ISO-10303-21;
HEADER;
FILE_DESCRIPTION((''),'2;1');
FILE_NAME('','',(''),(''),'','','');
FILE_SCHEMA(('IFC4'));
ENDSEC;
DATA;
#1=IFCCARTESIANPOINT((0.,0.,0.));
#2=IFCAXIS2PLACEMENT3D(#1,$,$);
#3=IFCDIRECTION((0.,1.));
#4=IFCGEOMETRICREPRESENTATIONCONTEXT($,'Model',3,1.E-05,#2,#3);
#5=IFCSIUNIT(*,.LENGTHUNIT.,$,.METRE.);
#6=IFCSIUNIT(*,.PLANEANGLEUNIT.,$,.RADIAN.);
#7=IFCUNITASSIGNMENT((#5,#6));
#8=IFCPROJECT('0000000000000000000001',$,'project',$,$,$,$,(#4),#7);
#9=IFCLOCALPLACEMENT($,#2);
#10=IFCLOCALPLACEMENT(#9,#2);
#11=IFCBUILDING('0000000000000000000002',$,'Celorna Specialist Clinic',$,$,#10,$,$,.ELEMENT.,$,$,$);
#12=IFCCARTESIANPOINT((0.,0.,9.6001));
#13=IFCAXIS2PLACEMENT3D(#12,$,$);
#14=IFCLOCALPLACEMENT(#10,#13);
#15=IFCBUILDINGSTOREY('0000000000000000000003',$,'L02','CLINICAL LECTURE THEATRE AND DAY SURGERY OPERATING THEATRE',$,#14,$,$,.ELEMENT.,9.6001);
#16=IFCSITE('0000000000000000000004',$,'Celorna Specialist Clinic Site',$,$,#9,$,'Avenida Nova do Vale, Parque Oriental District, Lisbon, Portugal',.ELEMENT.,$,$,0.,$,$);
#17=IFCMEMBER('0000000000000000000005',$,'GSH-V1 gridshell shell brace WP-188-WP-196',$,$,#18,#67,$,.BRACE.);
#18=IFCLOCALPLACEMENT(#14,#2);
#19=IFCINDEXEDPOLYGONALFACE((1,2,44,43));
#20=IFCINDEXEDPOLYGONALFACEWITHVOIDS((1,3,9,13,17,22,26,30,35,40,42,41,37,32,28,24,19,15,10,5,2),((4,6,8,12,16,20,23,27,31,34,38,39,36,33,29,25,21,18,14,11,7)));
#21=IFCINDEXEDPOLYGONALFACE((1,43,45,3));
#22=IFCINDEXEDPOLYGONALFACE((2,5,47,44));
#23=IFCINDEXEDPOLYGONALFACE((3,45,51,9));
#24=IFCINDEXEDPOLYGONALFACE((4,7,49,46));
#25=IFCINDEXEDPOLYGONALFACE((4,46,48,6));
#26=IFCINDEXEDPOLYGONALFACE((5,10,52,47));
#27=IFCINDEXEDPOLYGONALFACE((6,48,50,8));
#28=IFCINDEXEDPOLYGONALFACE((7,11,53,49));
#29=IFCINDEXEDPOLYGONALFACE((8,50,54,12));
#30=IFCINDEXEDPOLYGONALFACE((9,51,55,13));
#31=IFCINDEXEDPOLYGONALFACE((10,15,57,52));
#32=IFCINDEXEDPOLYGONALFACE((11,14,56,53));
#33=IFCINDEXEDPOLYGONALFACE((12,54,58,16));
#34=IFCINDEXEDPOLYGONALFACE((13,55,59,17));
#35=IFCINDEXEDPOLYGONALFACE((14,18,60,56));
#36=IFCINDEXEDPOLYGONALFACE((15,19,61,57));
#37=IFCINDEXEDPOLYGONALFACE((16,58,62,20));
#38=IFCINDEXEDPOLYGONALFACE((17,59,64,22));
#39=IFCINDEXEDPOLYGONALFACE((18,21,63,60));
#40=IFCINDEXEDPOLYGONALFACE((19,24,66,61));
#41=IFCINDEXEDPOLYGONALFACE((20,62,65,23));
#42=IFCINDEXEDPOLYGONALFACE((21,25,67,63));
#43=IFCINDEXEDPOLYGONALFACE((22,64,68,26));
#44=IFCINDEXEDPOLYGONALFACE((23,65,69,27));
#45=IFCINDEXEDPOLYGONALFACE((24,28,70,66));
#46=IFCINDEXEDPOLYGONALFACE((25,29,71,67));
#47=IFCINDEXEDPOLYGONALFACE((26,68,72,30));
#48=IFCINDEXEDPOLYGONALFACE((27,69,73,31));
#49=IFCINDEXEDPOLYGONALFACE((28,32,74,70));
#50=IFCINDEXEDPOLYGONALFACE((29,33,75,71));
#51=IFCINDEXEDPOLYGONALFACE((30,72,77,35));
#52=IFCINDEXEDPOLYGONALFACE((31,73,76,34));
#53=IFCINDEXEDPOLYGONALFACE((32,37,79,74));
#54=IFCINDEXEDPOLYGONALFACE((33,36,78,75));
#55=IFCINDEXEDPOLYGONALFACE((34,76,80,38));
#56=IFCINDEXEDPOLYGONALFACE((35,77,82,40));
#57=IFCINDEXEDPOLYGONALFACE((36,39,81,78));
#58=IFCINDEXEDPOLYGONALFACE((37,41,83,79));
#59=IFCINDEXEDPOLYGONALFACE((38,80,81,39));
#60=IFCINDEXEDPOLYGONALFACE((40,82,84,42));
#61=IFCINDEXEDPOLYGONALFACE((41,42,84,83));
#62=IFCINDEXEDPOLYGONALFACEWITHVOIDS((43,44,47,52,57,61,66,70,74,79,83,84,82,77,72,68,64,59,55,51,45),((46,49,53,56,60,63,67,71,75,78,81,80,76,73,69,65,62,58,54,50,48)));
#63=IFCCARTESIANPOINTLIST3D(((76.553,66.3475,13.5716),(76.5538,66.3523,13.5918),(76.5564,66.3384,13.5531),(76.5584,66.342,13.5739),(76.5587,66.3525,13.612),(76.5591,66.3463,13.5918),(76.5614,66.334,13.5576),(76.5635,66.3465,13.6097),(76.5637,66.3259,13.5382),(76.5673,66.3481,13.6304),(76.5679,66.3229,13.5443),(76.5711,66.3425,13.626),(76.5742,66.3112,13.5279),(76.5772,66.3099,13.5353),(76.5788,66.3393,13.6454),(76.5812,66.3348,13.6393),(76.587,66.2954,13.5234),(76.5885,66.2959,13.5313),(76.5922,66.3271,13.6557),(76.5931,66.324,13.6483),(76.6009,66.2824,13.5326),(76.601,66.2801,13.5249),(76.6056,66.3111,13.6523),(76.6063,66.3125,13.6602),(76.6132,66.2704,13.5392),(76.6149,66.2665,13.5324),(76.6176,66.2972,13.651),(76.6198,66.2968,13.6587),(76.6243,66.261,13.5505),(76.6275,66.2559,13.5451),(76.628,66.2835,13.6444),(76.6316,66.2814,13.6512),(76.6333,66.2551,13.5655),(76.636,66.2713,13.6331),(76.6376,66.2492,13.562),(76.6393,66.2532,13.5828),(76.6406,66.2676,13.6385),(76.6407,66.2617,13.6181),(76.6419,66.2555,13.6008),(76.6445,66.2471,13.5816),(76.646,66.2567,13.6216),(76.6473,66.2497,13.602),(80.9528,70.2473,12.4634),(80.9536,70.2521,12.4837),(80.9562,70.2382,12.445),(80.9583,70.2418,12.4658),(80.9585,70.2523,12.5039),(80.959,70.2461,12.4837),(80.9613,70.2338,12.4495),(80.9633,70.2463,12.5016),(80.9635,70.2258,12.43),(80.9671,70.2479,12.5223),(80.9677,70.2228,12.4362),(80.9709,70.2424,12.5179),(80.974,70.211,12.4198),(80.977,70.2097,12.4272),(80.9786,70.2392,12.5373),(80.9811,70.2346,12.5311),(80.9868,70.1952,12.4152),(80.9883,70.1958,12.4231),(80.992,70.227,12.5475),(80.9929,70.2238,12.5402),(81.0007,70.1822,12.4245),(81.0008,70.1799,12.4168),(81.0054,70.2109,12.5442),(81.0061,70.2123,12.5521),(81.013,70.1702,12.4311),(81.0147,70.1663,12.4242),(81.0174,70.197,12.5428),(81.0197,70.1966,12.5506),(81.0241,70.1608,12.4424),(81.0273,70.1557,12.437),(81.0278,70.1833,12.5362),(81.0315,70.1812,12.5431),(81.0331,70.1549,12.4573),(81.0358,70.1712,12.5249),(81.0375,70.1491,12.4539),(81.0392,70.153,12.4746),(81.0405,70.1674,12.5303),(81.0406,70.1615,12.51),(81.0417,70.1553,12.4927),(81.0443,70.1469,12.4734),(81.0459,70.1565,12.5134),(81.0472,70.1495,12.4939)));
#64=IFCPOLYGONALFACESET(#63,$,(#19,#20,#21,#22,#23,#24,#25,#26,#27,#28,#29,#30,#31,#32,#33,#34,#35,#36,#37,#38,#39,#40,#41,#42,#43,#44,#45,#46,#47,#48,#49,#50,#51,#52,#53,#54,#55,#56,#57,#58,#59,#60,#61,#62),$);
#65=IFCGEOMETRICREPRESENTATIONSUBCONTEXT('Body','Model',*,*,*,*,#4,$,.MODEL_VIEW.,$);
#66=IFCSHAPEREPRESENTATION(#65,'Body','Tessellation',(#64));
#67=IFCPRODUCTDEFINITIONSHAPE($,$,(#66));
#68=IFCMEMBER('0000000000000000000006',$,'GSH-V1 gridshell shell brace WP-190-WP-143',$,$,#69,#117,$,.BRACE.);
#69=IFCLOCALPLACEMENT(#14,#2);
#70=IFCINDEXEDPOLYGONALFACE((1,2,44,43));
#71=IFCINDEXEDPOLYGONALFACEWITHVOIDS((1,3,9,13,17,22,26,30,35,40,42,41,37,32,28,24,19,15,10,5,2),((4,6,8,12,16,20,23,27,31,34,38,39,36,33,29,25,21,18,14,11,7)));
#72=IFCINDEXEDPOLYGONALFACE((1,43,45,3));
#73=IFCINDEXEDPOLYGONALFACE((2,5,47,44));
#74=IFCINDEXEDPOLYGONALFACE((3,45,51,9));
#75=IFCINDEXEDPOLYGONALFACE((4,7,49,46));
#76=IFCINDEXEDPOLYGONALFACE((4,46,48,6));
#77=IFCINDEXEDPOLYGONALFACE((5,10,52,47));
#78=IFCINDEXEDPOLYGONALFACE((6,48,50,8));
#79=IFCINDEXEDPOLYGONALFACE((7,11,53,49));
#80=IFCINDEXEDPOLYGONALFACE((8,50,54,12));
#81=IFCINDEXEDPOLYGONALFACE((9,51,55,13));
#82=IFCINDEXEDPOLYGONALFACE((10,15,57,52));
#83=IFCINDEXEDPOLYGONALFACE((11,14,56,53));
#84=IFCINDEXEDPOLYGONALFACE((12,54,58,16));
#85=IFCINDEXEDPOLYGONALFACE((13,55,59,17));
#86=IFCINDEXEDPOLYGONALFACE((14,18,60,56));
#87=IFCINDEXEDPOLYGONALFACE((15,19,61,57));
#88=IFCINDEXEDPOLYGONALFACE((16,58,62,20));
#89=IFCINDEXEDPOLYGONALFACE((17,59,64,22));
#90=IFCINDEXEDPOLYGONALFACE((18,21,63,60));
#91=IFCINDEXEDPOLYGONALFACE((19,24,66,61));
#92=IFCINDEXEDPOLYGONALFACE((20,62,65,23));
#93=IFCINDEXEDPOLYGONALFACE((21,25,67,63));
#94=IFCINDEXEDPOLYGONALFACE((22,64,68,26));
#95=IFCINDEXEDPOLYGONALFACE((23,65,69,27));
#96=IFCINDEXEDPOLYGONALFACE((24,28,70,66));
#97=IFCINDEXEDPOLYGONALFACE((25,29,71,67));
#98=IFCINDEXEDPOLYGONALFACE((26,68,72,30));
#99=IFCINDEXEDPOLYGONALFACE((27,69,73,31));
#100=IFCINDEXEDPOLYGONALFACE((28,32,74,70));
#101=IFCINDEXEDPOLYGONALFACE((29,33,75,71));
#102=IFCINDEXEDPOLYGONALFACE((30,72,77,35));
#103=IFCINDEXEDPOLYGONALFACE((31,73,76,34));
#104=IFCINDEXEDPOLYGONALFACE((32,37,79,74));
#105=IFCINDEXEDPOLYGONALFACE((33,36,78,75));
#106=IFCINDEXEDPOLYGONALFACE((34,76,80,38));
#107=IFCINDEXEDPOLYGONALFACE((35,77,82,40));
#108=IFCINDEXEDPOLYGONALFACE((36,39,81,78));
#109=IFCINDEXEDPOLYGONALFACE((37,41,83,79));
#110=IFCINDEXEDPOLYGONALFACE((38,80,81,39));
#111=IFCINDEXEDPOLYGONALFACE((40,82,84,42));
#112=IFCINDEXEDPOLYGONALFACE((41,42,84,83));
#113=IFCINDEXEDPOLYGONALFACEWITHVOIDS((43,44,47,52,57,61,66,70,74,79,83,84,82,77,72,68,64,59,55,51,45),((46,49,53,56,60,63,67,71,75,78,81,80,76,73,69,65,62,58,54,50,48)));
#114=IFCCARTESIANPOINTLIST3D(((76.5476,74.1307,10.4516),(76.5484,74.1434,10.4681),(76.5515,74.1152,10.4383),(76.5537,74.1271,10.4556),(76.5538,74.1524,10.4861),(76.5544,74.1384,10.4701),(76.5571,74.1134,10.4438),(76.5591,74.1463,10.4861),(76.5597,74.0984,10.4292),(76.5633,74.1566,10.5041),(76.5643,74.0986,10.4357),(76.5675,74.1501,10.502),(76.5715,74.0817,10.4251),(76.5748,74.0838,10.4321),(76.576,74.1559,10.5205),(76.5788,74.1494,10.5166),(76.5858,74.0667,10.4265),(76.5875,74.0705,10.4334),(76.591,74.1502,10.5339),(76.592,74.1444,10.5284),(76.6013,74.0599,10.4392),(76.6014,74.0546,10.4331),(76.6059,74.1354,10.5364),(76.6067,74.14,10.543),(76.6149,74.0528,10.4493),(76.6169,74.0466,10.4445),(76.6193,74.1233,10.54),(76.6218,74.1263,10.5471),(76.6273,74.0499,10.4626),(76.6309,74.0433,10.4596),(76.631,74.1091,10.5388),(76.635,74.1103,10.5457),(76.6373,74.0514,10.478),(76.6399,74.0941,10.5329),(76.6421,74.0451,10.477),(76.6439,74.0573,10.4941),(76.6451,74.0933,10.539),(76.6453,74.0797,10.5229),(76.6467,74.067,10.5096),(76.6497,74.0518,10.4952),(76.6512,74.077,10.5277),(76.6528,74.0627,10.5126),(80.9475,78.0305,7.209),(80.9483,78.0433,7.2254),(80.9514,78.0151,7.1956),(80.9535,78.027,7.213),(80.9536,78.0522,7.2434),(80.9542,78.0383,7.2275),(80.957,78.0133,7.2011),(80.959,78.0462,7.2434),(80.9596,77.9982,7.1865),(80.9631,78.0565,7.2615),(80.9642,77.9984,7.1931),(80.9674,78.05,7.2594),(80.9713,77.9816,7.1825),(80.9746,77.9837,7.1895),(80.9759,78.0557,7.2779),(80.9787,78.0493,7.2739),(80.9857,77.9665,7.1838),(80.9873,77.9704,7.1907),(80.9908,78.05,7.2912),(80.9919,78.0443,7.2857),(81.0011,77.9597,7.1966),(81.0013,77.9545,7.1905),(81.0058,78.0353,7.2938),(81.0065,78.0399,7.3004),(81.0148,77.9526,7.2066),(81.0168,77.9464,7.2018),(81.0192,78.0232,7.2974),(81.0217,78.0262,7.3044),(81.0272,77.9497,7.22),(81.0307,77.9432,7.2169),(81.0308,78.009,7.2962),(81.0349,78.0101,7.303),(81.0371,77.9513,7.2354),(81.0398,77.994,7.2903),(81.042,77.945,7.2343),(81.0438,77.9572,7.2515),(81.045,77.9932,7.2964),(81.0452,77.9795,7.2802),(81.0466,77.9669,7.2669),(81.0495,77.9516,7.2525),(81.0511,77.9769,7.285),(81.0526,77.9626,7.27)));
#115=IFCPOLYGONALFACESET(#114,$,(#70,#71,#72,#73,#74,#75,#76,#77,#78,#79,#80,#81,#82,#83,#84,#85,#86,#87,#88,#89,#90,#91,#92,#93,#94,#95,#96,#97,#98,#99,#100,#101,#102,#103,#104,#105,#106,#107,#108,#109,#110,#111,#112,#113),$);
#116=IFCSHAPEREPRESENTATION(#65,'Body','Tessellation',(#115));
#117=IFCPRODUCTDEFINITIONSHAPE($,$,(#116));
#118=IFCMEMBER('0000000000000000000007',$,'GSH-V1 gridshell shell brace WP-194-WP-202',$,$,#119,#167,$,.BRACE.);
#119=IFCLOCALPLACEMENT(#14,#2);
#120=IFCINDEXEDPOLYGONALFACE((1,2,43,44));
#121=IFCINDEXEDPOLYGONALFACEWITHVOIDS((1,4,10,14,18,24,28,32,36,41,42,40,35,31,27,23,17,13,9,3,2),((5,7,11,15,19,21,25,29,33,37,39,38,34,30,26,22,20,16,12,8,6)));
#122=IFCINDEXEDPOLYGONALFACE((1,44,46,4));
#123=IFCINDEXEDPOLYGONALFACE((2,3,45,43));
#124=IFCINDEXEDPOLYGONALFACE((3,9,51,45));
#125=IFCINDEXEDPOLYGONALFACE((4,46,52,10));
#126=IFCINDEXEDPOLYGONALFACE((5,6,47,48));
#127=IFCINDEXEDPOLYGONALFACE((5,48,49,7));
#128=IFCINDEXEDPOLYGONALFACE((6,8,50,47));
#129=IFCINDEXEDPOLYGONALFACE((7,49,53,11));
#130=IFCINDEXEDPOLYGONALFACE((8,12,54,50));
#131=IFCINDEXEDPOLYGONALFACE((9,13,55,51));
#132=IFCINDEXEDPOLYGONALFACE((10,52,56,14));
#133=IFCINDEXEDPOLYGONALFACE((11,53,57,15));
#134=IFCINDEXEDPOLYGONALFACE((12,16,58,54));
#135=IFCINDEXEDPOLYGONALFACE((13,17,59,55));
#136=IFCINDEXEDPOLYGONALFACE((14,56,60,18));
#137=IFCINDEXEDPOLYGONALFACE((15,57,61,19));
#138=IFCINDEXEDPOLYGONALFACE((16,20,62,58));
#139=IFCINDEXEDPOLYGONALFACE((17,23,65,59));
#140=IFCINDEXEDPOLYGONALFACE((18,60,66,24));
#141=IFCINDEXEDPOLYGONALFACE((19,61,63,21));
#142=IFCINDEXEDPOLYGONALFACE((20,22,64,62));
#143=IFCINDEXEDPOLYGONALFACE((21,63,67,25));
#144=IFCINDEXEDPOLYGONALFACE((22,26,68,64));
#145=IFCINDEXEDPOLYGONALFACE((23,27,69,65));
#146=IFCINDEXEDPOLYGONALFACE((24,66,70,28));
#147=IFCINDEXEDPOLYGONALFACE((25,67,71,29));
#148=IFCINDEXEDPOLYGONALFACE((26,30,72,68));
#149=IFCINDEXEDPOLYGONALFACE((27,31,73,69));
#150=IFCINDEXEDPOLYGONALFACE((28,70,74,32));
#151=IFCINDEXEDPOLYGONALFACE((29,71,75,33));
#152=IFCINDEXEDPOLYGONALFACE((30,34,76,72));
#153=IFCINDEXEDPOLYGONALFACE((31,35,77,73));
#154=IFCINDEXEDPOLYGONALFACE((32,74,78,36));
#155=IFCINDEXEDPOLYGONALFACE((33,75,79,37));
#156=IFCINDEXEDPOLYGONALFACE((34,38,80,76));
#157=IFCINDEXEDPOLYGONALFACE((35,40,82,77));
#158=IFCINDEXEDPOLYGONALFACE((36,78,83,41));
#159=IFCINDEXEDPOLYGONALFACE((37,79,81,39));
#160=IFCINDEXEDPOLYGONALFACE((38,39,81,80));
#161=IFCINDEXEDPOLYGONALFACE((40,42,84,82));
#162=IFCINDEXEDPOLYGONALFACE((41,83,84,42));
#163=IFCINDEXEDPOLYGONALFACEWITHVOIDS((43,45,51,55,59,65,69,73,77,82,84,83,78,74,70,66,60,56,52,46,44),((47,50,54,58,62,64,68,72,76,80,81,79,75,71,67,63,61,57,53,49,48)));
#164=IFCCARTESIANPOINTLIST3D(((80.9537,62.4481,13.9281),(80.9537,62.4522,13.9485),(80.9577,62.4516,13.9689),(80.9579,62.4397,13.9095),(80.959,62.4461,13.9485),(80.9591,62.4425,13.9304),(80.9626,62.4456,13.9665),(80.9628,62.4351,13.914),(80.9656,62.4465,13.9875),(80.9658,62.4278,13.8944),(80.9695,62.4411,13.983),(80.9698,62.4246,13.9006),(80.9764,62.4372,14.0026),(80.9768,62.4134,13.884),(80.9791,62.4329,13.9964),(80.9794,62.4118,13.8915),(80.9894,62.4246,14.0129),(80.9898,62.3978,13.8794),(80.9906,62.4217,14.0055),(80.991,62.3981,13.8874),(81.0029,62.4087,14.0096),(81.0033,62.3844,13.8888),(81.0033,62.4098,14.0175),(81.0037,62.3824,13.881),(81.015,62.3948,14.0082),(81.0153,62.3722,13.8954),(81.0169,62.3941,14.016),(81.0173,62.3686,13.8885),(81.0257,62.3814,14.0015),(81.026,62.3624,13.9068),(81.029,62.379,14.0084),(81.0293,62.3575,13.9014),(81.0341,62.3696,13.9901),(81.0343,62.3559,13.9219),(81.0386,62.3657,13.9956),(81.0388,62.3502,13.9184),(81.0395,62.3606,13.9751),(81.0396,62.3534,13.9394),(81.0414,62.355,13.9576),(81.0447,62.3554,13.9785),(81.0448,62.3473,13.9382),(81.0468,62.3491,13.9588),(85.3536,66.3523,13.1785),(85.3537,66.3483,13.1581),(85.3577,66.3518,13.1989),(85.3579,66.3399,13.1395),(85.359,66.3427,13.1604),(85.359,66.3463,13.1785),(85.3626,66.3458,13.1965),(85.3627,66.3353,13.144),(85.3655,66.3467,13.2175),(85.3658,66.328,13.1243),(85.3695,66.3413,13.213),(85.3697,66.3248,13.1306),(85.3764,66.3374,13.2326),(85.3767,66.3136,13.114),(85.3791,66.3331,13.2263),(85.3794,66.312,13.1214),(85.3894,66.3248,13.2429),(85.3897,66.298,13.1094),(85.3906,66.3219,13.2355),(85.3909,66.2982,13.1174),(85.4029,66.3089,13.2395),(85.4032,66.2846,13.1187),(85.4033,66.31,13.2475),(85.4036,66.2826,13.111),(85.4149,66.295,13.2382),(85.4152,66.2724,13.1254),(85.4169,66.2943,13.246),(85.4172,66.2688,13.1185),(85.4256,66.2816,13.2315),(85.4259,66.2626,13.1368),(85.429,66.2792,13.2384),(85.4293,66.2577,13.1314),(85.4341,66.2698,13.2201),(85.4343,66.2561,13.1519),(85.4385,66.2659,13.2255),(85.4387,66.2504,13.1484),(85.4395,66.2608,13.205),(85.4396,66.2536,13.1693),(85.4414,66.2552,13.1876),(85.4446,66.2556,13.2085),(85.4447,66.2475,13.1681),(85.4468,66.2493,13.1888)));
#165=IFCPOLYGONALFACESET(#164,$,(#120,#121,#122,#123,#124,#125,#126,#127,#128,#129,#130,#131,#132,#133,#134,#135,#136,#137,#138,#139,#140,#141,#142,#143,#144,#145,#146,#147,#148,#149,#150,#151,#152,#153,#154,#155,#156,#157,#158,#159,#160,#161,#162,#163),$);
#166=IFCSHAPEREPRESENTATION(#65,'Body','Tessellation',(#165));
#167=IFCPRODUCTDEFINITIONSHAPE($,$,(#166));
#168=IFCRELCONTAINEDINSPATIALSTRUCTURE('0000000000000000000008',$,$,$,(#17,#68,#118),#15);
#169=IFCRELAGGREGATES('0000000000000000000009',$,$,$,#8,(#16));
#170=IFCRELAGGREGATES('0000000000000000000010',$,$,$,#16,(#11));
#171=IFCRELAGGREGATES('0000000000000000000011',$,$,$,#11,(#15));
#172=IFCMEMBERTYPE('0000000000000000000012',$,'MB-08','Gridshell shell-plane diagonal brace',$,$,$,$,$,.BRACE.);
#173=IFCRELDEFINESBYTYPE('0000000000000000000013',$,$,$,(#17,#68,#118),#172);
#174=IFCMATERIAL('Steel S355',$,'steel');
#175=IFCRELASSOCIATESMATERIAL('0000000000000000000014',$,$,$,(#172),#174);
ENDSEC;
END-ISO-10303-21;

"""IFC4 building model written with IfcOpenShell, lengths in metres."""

from ifc_helpers import new_model, si_unit, direction, frame, origin, origin_2d, place, context, subcontext, project, spatial, hollow_circle, extrude, material, material_profile, profile_set, type_object, element, save


model = new_model("IFC4")

# Units and contexts
model_context = context("Model", 3, precision=1e-05, world=origin(), true_north=direction((0.0, 1.0)))
body_context = subcontext(model_context, "Body", "Model", "MODEL_VIEW")
ifc_project = project(units=[si_unit("LENGTHUNIT", "METRE"), si_unit("PLANEANGLEUNIT", "RADIAN")], contexts=[model_context])

# Site, building, storey
site_placement = place(None, origin())
site = spatial("IfcSite", under=ifc_project, at=site_placement, Name="Celorna Specialist Clinic Site", LongName="Avenida Nova do Vale, Parque Oriental District, Lisbon, Portugal", CompositionType="ELEMENT", RefElevation=0.0)
building_placement = place(site_placement, origin())
building = spatial("IfcBuilding", under=site, at=building_placement, Name="Celorna Specialist Clinic", CompositionType="ELEMENT")
storey_placement = place(building_placement, frame((0.0, 0.0, 9.6001)))
storey = spatial("IfcBuildingStorey", under=building, at=storey_placement, Name="L02", Description="CLINICAL LECTURE THEATRE AND DAY SURGERY OPERATING THEATRE", CompositionType="ELEMENT", Elevation=9.6001)

# Shared definitions
ifc_material_1 = material(Name="Steel S355", Category="steel")

# Members
ifc_material_profile_1 = material_profile(ifc_material_1, hollow_circle(Radius=0.0698, WallThickness=0.0081, at=origin_2d()), Name="CHS 139.7x8")
ifc_profile_set_1 = profile_set([ifc_material_profile_1], Name="Steel S355")
member_type_1 = type_object("IfcMemberType", Name="MB-08", Description="Gridshell shell-plane diagonal brace", PredefinedType="BRACE", material=ifc_profile_set_1)
member_1_placement = place(storey_placement, frame((76.6001, 66.3, 13.5918), z_axis=(0.7354, 0.65183, -0.185217), x_axis=(-0.663306, 0.748348, 0.0)))
element("IfcMember", 1, at=member_1_placement, inside=storey, type_object=member_type_1, Name="GSH-V1 gridshell shell brace WP-188-WP-196", PredefinedType="BRACE", context=body_context, shape_type="SweptSolid", body=[
    extrude(hollow_circle(Radius=0.0698, WallThickness=0.0081, at=origin_2d()), origin(), (0.0, 0.0, 1.0), 5.9829),
])
member_2_placement = place(storey_placement, frame((76.6001, 74.1001, 10.4861), z_axis=(0.655292, 0.580826, -0.482943), x_axis=(-0.663306, 0.748348, 0.0)))
element("IfcMember", 2, at=member_2_placement, inside=storey, type_object=member_type_1, Name="GSH-V1 gridshell shell brace WP-190-WP-143", PredefinedType="BRACE", context=body_context, shape_type="SweptSolid", body=[
    extrude(hollow_circle(Radius=0.0698, WallThickness=0.0081, at=origin_2d()), origin(), (0.0, 0.0, 1.0), 6.7144),
])
member_3_placement = place(storey_placement, frame((81.0, 62.3999, 13.9485), z_axis=(0.741991, 0.657713, -0.129855), x_axis=(-0.66333, 0.748327, 0.0)))
element("IfcMember", 3, at=member_3_placement, inside=storey, type_object=member_type_1, Name="GSH-V1 gridshell shell brace WP-194-WP-202", PredefinedType="BRACE", context=body_context, shape_type="SweptSolid", body=[
    extrude(hollow_circle(Radius=0.0698, WallThickness=0.0081, at=origin_2d()), origin(), (0.0, 0.0, 1.0), 5.9299),
])

save(model, "model.ifc")
